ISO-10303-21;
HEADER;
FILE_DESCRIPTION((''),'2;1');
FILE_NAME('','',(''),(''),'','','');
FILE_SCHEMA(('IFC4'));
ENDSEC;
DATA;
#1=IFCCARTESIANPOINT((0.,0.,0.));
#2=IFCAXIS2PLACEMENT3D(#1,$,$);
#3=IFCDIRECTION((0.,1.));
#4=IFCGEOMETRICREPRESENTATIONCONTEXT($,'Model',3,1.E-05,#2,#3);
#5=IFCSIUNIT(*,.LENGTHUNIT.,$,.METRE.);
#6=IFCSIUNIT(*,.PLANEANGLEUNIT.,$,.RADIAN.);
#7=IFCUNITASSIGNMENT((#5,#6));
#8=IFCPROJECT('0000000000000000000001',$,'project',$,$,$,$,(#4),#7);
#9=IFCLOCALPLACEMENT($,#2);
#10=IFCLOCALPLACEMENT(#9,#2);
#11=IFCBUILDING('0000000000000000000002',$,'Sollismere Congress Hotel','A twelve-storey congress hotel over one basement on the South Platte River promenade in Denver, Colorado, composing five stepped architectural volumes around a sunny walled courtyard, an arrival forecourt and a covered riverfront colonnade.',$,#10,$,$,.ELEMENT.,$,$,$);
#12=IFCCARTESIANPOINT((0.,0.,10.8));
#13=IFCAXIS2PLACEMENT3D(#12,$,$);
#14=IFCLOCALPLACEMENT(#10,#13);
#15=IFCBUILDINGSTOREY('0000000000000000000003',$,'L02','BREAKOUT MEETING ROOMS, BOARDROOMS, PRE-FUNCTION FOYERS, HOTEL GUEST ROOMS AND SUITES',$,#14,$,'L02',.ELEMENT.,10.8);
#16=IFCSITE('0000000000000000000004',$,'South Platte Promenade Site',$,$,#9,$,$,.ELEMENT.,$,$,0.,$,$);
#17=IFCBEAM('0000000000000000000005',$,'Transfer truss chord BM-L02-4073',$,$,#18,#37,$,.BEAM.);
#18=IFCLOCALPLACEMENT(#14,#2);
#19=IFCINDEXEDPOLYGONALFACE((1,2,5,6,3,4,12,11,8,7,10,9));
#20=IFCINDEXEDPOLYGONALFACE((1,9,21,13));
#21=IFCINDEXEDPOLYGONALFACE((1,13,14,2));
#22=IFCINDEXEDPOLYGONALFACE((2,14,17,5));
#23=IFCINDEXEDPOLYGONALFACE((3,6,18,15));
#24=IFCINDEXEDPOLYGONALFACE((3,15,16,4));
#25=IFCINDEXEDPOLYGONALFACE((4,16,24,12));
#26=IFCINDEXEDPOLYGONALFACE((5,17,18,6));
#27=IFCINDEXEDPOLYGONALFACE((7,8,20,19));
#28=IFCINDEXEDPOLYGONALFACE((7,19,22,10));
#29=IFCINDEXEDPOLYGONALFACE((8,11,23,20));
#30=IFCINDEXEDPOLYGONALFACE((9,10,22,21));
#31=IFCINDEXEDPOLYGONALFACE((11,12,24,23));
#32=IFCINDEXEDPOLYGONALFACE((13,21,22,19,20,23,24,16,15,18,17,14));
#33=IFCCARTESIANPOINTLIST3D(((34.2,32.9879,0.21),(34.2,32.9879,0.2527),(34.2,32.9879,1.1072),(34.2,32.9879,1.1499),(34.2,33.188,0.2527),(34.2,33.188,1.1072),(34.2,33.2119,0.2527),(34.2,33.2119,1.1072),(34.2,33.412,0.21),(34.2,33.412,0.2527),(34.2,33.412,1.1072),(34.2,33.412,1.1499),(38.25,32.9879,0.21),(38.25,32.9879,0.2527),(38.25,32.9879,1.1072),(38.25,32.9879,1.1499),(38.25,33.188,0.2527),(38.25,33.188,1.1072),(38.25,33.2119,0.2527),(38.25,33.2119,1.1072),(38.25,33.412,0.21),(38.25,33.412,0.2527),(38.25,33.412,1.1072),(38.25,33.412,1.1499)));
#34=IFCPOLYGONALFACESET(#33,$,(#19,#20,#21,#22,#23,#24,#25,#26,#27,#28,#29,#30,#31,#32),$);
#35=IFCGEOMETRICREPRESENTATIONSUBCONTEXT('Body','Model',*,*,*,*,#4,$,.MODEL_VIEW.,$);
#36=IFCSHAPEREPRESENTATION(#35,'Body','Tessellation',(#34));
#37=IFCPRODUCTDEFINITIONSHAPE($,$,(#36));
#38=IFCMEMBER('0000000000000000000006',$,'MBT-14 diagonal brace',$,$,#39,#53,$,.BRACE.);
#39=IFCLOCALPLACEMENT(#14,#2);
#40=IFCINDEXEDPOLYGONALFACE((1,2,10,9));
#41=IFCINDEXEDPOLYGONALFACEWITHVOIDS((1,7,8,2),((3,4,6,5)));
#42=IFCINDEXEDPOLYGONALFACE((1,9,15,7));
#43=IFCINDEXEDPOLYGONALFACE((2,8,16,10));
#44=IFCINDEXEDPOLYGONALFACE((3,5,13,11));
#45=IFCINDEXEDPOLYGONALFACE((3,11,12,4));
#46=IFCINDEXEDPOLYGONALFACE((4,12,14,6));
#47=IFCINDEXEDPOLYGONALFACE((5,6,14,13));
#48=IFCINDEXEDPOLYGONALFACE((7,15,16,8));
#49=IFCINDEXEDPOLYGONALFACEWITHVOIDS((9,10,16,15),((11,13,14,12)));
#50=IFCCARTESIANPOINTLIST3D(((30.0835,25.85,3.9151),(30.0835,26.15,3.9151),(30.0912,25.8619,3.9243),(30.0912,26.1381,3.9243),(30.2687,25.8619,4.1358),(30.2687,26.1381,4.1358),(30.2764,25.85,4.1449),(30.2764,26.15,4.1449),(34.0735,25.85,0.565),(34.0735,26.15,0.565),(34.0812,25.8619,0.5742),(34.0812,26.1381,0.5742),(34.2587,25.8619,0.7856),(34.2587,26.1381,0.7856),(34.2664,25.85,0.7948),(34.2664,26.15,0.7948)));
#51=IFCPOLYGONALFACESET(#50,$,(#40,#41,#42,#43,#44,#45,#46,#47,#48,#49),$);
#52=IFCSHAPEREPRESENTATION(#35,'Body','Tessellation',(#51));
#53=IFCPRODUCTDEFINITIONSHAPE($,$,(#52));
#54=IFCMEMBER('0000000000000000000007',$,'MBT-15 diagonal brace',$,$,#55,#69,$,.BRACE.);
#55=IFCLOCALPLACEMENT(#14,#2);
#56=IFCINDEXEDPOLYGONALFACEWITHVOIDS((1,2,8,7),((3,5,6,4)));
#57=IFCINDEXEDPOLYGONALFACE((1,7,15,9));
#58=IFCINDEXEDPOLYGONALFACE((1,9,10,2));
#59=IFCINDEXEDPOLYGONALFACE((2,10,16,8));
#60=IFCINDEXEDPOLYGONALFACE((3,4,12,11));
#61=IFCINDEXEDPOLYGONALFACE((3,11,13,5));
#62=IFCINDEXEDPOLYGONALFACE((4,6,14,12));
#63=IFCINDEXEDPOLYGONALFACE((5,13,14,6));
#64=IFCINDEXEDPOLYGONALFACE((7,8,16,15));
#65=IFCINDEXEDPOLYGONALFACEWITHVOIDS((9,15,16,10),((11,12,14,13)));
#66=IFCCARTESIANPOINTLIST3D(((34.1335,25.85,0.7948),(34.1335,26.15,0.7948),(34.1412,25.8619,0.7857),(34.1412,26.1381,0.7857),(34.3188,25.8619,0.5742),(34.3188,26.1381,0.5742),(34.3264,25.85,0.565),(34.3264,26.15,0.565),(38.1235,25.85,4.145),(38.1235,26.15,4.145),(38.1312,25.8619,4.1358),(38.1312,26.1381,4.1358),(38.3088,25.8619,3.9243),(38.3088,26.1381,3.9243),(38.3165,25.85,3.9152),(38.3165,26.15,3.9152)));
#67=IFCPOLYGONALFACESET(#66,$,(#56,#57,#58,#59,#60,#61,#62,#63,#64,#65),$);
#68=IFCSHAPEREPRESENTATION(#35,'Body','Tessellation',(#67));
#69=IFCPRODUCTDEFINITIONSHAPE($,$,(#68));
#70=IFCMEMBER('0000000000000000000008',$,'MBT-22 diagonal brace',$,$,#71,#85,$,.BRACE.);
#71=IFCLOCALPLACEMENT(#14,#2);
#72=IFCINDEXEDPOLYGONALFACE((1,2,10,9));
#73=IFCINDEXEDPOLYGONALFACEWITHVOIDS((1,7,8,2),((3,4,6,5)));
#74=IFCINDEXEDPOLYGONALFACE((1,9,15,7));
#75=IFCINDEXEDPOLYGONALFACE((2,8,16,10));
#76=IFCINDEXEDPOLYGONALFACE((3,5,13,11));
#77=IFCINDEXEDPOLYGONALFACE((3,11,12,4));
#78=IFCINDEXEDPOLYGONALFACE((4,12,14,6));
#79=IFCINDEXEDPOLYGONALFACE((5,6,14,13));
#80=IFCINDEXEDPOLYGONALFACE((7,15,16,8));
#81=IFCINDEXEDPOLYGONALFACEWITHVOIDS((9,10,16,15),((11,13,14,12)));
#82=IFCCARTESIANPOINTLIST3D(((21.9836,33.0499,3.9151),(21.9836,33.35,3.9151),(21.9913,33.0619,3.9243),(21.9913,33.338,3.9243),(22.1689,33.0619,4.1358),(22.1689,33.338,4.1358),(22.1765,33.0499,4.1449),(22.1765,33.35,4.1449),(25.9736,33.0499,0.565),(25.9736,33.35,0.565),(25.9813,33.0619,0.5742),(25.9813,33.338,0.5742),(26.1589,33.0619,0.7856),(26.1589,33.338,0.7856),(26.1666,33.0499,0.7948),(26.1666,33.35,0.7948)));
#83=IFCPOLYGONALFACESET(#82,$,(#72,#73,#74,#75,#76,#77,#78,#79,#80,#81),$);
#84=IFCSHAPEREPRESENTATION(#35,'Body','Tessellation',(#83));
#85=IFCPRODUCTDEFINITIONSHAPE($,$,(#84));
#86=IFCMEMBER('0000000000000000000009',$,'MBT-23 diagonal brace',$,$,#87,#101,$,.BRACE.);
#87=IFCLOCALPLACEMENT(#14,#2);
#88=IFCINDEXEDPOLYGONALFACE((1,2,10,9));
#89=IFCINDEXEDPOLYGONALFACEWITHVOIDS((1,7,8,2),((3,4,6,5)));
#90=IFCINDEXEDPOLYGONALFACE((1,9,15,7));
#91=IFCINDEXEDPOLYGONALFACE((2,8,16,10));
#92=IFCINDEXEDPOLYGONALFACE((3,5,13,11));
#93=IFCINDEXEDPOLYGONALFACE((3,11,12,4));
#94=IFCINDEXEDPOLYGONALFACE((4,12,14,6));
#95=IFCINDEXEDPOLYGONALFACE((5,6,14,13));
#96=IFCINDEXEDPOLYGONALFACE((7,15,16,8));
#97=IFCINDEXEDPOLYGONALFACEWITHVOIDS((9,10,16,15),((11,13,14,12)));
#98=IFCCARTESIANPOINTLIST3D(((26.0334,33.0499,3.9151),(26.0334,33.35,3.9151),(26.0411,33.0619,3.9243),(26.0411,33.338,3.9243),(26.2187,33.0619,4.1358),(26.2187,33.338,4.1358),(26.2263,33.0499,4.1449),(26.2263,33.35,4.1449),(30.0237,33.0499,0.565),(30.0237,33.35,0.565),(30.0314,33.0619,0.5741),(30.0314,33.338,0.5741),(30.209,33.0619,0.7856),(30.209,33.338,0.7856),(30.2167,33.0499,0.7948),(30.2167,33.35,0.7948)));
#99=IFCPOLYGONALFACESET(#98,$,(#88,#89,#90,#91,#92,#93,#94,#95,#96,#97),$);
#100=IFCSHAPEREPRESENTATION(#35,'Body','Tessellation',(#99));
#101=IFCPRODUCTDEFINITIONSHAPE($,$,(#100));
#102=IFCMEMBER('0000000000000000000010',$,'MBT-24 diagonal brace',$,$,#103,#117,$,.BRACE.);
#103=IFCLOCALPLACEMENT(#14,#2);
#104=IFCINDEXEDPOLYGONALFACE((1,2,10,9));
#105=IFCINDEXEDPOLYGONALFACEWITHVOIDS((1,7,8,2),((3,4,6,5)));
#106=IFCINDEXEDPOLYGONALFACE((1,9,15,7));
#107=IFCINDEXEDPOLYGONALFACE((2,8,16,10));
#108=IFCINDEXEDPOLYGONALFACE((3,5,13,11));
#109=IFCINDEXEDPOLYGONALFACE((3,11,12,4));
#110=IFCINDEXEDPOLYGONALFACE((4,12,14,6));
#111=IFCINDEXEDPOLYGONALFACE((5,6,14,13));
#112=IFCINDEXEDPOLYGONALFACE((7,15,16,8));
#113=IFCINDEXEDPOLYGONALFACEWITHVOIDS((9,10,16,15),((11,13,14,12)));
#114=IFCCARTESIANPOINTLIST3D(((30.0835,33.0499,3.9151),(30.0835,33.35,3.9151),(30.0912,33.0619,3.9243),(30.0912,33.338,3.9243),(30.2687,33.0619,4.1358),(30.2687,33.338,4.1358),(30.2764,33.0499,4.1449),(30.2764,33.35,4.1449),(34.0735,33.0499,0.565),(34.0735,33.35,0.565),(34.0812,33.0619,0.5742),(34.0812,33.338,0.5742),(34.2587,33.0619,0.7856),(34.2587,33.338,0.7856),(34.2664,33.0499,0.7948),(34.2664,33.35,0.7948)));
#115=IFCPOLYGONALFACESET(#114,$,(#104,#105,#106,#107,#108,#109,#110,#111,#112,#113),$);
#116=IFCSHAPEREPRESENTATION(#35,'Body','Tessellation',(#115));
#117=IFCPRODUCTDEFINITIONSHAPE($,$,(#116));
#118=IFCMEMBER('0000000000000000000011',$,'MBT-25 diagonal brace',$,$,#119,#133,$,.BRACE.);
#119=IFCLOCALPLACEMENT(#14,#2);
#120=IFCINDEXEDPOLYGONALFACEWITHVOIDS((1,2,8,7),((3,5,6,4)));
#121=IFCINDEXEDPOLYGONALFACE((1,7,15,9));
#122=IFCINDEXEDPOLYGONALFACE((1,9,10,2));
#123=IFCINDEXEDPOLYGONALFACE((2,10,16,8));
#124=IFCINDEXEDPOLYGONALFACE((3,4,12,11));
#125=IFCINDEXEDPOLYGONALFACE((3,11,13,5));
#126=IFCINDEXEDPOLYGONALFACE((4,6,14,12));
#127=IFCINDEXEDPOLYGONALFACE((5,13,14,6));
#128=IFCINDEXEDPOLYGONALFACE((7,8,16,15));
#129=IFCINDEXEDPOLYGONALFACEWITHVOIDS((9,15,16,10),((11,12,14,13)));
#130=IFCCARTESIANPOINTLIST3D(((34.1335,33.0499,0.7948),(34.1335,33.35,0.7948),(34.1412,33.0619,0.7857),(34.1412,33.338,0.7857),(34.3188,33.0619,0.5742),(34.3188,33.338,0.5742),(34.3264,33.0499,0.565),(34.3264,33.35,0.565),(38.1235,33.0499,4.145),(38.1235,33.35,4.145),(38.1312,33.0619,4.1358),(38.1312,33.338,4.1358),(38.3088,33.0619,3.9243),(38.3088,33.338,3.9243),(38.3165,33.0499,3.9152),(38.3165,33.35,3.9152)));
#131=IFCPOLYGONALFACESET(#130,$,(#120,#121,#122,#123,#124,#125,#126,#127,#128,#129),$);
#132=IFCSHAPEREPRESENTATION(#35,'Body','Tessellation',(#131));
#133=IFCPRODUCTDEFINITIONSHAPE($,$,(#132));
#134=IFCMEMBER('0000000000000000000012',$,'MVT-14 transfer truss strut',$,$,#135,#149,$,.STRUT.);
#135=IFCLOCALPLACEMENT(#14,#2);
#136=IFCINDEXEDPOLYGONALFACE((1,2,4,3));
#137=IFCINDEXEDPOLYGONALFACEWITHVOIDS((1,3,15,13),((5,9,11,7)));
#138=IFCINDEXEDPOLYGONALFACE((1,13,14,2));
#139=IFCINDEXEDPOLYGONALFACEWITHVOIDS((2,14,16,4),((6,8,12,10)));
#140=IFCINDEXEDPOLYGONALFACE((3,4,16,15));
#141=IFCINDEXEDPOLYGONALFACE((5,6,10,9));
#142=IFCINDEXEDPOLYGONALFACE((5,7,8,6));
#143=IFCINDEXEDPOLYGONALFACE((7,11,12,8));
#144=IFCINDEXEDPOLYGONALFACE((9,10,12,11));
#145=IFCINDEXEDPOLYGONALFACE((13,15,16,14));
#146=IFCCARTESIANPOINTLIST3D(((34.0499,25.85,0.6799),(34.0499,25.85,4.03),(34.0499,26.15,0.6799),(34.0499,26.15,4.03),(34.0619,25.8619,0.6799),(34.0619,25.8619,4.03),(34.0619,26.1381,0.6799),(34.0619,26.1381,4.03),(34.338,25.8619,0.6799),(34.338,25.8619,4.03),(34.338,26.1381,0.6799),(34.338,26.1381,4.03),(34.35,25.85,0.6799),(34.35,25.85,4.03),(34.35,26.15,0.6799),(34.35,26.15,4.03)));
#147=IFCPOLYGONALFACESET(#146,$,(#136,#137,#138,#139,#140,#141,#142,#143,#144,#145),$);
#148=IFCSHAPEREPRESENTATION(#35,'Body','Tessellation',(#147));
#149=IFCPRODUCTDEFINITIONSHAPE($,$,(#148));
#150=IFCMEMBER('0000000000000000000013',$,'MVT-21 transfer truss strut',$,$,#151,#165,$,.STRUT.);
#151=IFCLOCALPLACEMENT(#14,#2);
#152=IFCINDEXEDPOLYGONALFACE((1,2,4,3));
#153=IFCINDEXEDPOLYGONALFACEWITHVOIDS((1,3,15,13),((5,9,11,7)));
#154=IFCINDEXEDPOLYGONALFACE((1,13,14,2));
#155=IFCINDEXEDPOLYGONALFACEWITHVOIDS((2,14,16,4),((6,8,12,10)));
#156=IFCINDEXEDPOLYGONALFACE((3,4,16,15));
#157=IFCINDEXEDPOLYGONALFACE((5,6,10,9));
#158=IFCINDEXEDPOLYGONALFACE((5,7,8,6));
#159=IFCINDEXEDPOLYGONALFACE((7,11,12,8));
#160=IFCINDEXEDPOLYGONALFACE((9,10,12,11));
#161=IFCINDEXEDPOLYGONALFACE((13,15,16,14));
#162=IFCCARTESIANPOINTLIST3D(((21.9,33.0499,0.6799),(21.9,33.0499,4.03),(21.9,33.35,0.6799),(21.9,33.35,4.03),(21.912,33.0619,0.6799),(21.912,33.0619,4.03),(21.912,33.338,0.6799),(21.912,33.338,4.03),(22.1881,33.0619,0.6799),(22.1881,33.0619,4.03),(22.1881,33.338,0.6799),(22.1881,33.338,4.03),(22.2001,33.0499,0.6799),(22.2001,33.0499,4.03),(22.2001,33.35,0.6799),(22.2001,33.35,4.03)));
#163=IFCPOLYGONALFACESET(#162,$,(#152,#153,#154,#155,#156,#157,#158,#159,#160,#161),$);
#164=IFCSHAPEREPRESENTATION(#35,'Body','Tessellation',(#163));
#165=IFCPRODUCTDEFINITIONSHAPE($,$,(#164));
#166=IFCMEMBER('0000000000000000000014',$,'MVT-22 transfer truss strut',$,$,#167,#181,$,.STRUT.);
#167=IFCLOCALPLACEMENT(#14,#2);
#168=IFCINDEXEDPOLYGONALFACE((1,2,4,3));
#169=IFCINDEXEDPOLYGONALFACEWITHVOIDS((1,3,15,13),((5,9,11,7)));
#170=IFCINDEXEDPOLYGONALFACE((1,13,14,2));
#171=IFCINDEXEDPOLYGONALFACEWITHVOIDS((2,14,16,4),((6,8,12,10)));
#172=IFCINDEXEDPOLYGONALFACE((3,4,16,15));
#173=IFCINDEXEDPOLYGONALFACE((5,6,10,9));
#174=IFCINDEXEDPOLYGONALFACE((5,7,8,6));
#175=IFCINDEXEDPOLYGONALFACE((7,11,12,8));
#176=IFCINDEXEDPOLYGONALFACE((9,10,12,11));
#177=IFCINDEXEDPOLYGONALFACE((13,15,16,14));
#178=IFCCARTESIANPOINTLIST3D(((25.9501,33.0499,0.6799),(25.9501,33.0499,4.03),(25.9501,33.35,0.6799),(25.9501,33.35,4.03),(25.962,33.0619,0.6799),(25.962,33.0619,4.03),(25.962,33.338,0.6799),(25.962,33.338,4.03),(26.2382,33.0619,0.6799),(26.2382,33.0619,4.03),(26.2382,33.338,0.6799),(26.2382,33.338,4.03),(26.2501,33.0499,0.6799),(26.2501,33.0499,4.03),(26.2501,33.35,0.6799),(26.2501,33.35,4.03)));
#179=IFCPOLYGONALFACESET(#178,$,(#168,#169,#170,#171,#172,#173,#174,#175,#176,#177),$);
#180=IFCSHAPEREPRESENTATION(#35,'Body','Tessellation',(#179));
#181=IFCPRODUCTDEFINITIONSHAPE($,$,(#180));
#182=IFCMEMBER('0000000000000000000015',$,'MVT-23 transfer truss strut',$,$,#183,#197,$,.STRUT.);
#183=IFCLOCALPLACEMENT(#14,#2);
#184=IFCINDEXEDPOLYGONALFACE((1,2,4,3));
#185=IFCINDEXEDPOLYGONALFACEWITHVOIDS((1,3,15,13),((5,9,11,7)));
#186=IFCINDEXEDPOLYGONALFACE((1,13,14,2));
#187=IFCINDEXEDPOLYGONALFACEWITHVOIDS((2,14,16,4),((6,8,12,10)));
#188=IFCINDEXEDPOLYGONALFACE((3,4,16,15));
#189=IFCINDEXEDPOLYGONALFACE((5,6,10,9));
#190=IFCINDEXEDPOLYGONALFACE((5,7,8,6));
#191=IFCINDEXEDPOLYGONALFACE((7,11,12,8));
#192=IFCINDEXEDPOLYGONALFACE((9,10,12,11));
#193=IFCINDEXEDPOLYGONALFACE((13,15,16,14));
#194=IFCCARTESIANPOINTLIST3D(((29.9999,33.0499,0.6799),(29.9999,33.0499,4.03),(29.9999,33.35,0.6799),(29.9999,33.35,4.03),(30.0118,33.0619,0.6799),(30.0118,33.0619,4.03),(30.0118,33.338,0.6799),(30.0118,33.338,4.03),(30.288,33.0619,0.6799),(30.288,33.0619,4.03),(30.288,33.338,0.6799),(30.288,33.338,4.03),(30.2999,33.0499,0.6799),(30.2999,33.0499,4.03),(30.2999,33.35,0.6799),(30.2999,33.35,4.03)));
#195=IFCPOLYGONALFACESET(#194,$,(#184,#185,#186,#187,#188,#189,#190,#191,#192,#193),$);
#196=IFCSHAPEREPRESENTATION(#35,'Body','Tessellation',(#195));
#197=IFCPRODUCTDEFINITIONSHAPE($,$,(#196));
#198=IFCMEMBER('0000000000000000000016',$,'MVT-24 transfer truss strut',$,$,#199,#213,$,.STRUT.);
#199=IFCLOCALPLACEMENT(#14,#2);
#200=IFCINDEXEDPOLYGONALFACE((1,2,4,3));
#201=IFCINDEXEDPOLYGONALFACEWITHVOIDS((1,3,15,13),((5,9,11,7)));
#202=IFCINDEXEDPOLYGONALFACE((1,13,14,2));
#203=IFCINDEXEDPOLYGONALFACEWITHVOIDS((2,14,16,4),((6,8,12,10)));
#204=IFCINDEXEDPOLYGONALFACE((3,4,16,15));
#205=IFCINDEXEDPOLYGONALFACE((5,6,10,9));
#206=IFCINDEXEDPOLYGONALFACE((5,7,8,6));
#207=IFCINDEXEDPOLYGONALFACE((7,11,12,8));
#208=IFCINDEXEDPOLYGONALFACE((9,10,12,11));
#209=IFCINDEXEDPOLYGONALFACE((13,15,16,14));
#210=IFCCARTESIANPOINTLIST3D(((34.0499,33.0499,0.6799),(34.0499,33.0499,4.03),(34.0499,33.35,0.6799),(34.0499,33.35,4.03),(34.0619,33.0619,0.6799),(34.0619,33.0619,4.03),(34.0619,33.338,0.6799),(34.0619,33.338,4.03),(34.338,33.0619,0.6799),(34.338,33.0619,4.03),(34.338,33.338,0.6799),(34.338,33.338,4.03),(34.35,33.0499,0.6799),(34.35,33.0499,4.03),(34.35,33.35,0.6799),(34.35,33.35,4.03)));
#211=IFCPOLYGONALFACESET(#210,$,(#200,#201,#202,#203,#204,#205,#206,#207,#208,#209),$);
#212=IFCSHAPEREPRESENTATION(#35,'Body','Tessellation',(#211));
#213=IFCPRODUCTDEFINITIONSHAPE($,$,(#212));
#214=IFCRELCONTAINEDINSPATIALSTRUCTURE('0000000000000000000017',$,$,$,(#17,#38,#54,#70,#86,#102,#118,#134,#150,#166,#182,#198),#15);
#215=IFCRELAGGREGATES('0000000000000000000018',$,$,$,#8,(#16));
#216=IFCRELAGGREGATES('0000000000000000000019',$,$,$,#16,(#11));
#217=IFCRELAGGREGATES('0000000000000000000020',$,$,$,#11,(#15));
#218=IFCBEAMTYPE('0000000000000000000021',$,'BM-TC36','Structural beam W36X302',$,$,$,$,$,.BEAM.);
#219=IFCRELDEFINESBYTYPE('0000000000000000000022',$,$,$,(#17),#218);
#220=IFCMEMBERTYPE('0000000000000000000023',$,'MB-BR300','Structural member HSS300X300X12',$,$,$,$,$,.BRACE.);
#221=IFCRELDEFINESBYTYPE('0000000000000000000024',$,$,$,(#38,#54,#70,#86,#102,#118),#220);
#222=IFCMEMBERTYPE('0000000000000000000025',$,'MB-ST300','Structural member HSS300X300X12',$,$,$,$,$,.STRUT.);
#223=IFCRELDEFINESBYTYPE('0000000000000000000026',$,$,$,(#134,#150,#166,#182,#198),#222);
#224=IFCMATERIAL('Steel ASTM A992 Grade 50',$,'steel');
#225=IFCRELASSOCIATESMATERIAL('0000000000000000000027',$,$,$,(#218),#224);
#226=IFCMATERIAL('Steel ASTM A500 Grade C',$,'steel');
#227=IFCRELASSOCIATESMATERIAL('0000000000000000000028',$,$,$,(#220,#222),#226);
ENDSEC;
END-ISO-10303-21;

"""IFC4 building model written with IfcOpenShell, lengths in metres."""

from ifc_helpers import new_model, si_unit, direction, frame, origin, origin_2d, place, context, subcontext, project, spatial, hollow_rectangle, i_section, extrude, material, material_profile, profile_set, type_object, element, save


model = new_model("IFC4")

# Units and contexts
model_context = context("Model", 3, precision=1e-05, world=origin(), true_north=direction((0.0, 1.0)))
body_context = subcontext(model_context, "Body", "Model", "MODEL_VIEW")
ifc_project = project(units=[si_unit("LENGTHUNIT", "METRE"), si_unit("PLANEANGLEUNIT", "RADIAN")], contexts=[model_context])

# Site, building, storey
site_placement = place(None, origin())
site = spatial("IfcSite", under=ifc_project, at=site_placement, Name="South Platte Promenade Site", CompositionType="ELEMENT", RefElevation=0.0)
building_placement = place(site_placement, origin())
building = spatial("IfcBuilding", under=site, at=building_placement, Name="Sollismere Congress Hotel", Description="A twelve-storey congress hotel over one basement on the South Platte River promenade in Denver, Colorado, composing five stepped architectural volumes around a sunny walled courtyard, an arrival forecourt and a covered riverfront colonnade.", CompositionType="ELEMENT")
storey_placement = place(building_placement, frame((0.0, 0.0, 10.8)))
storey = spatial("IfcBuildingStorey", under=building, at=storey_placement, Name="L02", Description="BREAKOUT MEETING ROOMS, BOARDROOMS, PRE-FUNCTION FOYERS, HOTEL GUEST ROOMS AND SUITES", LongName="L02", CompositionType="ELEMENT", Elevation=10.8)

# Beam
ifc_material_1 = material(Name="Steel ASTM A992 Grade 50", Category="steel")
ifc_material_profile_1 = material_profile(ifc_material_1, i_section(OverallWidth=0.4241, OverallDepth=0.9399, WebThickness=0.0239, FlangeThickness=0.0427, at=origin_2d()), Name="W36X302")
ifc_profile_set_1 = profile_set([ifc_material_profile_1], Name="Steel ASTM A992 Grade 50")
beam_type = type_object("IfcBeamType", Name="BM-TC36", Description="Structural beam W36X302", PredefinedType="BEAM", material=ifc_profile_set_1)
for number, where, z_axis, x_axis, name in (
    (1, (34.2, 33.2, 0.6799), (1.0, 0.0, 0.0), (0.0, 1.0, 0.0), "Transfer truss chord BM-L02-4073"),
):
    element("IfcBeam", number, at=place(storey_placement, frame(where, z_axis=z_axis, x_axis=x_axis)), inside=storey, type_object=beam_type, Name=name, PredefinedType="BEAM", context=body_context, shape_type="SweptSolid", body=[
        extrude(i_section(OverallWidth=0.4241, OverallDepth=0.9399, WebThickness=0.0239, FlangeThickness=0.0427, at=origin_2d()), origin(), (0.0, 0.0, 1.0), 4.05),
    ])

# Members
ifc_material_2 = material(Name="Steel ASTM A500 Grade C", Category="steel")
ifc_material_profile_2 = material_profile(ifc_material_2, hollow_rectangle(XDim=0.3, YDim=0.3, WallThickness=0.012, at=origin_2d()), Name="HSS300X300X12")
ifc_profile_set_2 = profile_set([ifc_material_profile_2], Name="Steel ASTM A500 Grade C")
member_type_1 = type_object("IfcMemberType", Name="MB-BR300", Description="Structural member HSS300X300X12", PredefinedType="BRACE", material=ifc_profile_set_2)
for number, where, z_axis, x_axis, name in (
    (2, (30.1799, 26.0, 4.03), (0.765846, 0.0, -0.643024), (0.0, 1.0, 0.0), "MBT-14 diagonal brace"),
    (3, (34.23, 26.0, 0.6799), (0.765846, 0.0, 0.643024), (0.0, 1.0, 0.0), "MBT-15 diagonal brace"),
    (4, (22.0801, 33.2, 4.03), (0.765846, 0.0, -0.643024), (0.0, 1.0, 0.0), "MBT-22 diagonal brace"),
):
    element("IfcMember", number, at=place(storey_placement, frame(where, z_axis=z_axis, x_axis=x_axis)), inside=storey, type_object=member_type_1, Name=name, PredefinedType="BRACE", context=body_context, shape_type="SweptSolid", body=[
        extrude(hollow_rectangle(XDim=0.3, YDim=0.3, WallThickness=0.012, at=origin_2d()), origin(), (0.0, 0.0, 1.0), 5.21),
    ])
member_placement = place(storey_placement, frame((26.1299, 33.2, 4.03), z_axis=(0.765865, 0.0, -0.643001), x_axis=(0.0, 1.0, 0.0)))
element("IfcMember", 5, at=member_placement, inside=storey, type_object=member_type_1, Name="MBT-23 diagonal brace", PredefinedType="BRACE", context=body_context, shape_type="SweptSolid", body=[
    extrude(hollow_rectangle(XDim=0.3, YDim=0.3, WallThickness=0.012, at=origin_2d()), origin(), (0.0, 0.0, 1.0), 5.2102),
])
for number, where, z_axis, x_axis, name in (
    (6, (30.1799, 33.2, 4.03), (0.765846, 0.0, -0.643024), (0.0, 1.0, 0.0), "MBT-24 diagonal brace"),
    (7, (34.23, 33.2, 0.6799), (0.765846, 0.0, 0.643024), (0.0, 1.0, 0.0), "MBT-25 diagonal brace"),
):
    element("IfcMember", number, at=place(storey_placement, frame(where, z_axis=z_axis, x_axis=x_axis)), inside=storey, type_object=member_type_1, Name=name, PredefinedType="BRACE", context=body_context, shape_type="SweptSolid", body=[
        extrude(hollow_rectangle(XDim=0.3, YDim=0.3, WallThickness=0.012, at=origin_2d()), origin(), (0.0, 0.0, 1.0), 5.21),
    ])
ifc_material_profile_3 = material_profile(ifc_material_2, hollow_rectangle(XDim=0.3, YDim=0.3, WallThickness=0.012, at=origin_2d()), Name="HSS300X300X12")
ifc_profile_set_3 = profile_set([ifc_material_profile_3], Name="Steel ASTM A500 Grade C")
member_type_2 = type_object("IfcMemberType", Name="MB-ST300", Description="Structural member HSS300X300X12", PredefinedType="STRUT", material=ifc_profile_set_3)
for number, where, z_axis, x_axis, name in (
    (8, (34.2, 26.0, 0.6799), (0.0, 0.0, 1.0), (1.0, 0.0, 0.0), "MVT-14 transfer truss strut"),
    (9, (22.05, 33.2, 0.6799), (0.0, 0.0, 1.0), (1.0, 0.0, 0.0), "MVT-21 transfer truss strut"),
    (10, (26.1001, 33.2, 0.6799), (0.0, 0.0, 1.0), (1.0, 0.0, 0.0), "MVT-22 transfer truss strut"),
    (11, (30.1499, 33.2, 0.6799), (0.0, 0.0, 1.0), (1.0, 0.0, 0.0), "MVT-23 transfer truss strut"),
    (12, (34.2, 33.2, 0.6799), (0.0, 0.0, 1.0), (1.0, 0.0, 0.0), "MVT-24 transfer truss strut"),
):
    element("IfcMember", number, at=place(storey_placement, frame(where, z_axis=z_axis, x_axis=x_axis)), inside=storey, type_object=member_type_2, Name=name, PredefinedType="STRUT", context=body_context, shape_type="SweptSolid", body=[
        extrude(hollow_rectangle(XDim=0.3, YDim=0.3, WallThickness=0.012, at=origin_2d()), origin(), (0.0, 0.0, 1.0), 3.3501),
    ])

save(model, "model.ifc")
